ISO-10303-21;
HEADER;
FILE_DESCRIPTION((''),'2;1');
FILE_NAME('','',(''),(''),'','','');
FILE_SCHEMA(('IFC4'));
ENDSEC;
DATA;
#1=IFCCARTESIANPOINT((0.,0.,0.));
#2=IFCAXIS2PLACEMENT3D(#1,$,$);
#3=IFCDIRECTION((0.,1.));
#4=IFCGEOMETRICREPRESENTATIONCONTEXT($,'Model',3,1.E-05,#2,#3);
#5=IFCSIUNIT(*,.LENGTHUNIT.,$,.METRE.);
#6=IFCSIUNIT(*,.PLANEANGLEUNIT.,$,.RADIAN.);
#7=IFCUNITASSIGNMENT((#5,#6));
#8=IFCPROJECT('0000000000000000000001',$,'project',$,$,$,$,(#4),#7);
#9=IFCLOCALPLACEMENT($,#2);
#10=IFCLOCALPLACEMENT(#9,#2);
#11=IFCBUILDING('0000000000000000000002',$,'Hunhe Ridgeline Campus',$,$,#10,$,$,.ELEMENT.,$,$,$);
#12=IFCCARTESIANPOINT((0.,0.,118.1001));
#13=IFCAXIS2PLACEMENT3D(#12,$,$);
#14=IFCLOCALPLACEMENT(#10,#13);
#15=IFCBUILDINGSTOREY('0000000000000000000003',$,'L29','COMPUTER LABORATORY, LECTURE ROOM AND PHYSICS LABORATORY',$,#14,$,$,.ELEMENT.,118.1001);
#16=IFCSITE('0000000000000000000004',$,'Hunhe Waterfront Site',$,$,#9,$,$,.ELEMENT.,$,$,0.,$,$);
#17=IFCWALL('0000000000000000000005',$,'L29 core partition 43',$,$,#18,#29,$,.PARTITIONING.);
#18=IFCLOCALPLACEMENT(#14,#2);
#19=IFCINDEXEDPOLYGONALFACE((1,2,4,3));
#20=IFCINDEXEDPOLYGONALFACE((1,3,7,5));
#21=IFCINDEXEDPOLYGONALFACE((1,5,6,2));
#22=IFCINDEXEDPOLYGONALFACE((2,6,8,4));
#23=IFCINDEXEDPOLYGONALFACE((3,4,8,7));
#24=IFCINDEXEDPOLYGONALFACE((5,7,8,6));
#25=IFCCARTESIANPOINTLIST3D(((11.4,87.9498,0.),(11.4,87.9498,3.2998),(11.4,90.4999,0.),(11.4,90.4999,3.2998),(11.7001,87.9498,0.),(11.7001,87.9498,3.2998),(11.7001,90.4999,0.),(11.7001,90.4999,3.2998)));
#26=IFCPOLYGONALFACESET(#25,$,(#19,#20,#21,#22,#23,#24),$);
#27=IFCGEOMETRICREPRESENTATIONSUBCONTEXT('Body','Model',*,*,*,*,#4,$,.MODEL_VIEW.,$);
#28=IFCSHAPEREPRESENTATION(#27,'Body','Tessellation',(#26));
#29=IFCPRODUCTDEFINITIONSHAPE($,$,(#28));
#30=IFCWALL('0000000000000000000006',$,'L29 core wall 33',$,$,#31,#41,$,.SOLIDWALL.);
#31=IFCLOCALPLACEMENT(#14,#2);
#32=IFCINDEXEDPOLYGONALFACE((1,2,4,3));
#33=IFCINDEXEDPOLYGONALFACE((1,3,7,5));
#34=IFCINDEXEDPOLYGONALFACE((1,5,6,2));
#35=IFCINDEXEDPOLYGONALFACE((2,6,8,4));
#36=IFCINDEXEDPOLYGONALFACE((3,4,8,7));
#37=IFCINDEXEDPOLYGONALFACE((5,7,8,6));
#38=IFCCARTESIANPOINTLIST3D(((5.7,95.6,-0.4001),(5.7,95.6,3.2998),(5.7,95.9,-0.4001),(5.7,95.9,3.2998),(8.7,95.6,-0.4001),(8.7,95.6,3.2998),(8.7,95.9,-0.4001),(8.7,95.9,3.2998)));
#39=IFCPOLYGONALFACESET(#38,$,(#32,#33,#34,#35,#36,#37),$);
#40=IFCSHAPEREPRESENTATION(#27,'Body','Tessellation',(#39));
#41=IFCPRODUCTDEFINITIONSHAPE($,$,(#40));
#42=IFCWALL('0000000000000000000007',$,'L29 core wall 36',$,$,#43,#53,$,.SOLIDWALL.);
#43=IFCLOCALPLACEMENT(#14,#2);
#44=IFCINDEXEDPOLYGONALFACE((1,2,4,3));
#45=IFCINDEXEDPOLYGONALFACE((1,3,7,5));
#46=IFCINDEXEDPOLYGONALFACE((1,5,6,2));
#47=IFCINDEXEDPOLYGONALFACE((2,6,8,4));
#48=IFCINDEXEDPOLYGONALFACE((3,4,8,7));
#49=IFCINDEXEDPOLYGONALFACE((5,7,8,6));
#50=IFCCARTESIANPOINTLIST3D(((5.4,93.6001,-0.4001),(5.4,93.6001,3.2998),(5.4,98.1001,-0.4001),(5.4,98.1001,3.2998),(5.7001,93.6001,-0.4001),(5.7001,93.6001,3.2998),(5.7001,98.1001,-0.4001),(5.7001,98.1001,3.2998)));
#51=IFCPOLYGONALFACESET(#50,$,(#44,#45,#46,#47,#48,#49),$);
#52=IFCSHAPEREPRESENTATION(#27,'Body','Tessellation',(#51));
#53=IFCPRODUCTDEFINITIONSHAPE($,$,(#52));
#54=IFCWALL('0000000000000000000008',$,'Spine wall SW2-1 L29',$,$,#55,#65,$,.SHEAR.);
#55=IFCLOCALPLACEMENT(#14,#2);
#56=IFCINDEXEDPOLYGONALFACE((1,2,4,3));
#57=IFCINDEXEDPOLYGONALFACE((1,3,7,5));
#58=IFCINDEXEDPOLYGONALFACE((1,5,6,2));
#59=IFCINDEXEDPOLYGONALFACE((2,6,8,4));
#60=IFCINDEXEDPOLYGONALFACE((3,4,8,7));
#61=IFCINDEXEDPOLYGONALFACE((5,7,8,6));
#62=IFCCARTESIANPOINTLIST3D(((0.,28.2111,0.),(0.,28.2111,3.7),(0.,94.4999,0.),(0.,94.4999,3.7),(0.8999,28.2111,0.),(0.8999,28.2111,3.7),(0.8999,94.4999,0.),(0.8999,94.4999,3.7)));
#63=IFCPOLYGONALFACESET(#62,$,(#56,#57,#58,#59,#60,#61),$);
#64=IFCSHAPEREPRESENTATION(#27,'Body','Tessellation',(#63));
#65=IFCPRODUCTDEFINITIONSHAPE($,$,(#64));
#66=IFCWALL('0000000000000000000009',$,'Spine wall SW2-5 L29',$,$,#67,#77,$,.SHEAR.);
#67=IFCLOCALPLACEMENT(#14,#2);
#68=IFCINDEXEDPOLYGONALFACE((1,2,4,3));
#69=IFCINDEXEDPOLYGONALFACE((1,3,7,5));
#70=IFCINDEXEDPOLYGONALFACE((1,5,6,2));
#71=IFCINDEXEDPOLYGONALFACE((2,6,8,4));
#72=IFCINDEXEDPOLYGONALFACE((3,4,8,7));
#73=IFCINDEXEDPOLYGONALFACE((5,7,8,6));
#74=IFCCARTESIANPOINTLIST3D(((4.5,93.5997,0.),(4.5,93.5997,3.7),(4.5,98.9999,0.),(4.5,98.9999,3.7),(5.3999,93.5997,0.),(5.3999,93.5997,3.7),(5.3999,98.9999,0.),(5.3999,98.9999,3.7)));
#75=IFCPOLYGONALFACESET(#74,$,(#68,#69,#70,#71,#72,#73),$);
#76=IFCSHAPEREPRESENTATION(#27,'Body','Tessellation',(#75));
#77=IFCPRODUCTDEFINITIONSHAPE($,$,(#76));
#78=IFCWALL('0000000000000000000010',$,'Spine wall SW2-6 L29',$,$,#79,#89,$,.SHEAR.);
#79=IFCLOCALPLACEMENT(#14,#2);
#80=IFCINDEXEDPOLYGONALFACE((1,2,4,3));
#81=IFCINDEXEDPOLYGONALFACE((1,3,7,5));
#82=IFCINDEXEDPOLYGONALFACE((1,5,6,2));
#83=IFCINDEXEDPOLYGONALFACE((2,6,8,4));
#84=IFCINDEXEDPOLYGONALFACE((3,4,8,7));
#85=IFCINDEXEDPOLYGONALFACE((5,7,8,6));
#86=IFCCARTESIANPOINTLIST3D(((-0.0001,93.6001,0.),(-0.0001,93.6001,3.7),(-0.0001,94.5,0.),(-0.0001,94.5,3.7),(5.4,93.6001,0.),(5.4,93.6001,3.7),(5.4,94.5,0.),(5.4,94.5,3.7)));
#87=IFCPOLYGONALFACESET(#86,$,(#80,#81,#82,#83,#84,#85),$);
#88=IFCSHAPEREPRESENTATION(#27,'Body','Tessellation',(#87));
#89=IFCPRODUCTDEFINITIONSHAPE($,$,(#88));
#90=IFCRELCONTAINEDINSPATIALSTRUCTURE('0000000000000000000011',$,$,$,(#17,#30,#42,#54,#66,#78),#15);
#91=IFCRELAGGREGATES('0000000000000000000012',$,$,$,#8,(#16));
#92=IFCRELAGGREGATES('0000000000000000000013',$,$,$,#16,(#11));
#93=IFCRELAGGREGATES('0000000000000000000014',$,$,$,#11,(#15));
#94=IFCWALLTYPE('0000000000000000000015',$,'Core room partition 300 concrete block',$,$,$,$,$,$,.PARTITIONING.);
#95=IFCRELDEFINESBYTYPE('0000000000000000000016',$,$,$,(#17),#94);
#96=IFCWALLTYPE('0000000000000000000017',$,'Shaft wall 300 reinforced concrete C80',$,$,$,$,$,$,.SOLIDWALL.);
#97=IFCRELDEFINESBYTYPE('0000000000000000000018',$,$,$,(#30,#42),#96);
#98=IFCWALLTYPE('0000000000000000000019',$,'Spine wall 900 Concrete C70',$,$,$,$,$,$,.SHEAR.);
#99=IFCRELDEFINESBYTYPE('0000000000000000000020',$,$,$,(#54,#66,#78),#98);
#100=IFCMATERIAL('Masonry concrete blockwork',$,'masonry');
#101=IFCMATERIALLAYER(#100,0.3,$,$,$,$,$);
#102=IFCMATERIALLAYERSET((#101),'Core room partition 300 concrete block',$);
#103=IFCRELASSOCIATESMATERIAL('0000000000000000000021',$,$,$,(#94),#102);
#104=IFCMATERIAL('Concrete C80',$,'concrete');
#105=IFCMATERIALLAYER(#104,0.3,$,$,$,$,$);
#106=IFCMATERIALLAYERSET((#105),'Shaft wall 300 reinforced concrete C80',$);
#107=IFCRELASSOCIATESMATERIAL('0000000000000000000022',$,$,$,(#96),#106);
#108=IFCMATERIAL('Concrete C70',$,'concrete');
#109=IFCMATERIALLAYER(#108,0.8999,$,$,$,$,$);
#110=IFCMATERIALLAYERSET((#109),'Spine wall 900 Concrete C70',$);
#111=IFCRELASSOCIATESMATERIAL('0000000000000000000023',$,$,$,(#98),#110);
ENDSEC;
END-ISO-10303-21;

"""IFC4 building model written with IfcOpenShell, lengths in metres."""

from ifc_helpers import new_model, si_unit, direction, frame, frame_2d, origin, place, context, subcontext, project, spatial, rectangle, extrude, material, layer, layer_set, type_object, element, save


model = new_model("IFC4")

# Units and contexts
model_context = context("Model", 3, precision=1e-05, world=origin(), true_north=direction((0.0, 1.0)))
body_context = subcontext(model_context, "Body", "Model", "MODEL_VIEW")
ifc_project = project(units=[si_unit("LENGTHUNIT", "METRE"), si_unit("PLANEANGLEUNIT", "RADIAN")], contexts=[model_context])

# Site, building, storey
site_placement = place(None, origin())
site = spatial("IfcSite", under=ifc_project, at=site_placement, Name="Hunhe Waterfront Site", CompositionType="ELEMENT", RefElevation=0.0)
building_placement = place(site_placement, origin())
building = spatial("IfcBuilding", under=site, at=building_placement, Name="Hunhe Ridgeline Campus", CompositionType="ELEMENT")
storey_placement = place(building_placement, frame((0.0, 0.0, 118.1001)))
storey = spatial("IfcBuildingStorey", under=building, at=storey_placement, Name="L29", Description="COMPUTER LABORATORY, LECTURE ROOM AND PHYSICS LABORATORY", CompositionType="ELEMENT", Elevation=118.1001)

# Wall
ifc_material_1 = material(Name="Masonry concrete blockwork", Category="masonry")
ifc_layer_1 = layer(ifc_material_1, 0.3)
ifc_layer_set_1 = layer_set([ifc_layer_1], Name="Core room partition 300 concrete block")
wall_type_1 = type_object("IfcWallType", Name="Core room partition 300 concrete block", PredefinedType="PARTITIONING", material=ifc_layer_set_1)
wall_1_placement = place(storey_placement, frame((11.55, 87.95, 0.0), z_axis=(0.0, 0.0, 1.0), x_axis=(0.0, 1.0, 0.0)))
element("IfcWall", 1, at=wall_1_placement, inside=storey, type_object=wall_type_1, Name="L29 core partition 43", PredefinedType="PARTITIONING", context=body_context, shape_type="SweptSolid", body=[
    extrude(rectangle(XDim=2.55, YDim=0.3, at=frame_2d((1.2749, 0.0))), origin(), (0.0, 0.0, 1.0), 3.2998),
])

# Shared definitions
ifc_material_2 = material(Name="Concrete C80", Category="concrete")
ifc_layer_2 = layer(ifc_material_2, 0.3)
ifc_layer_set_2 = layer_set([ifc_layer_2], Name="Shaft wall 300 reinforced concrete C80")
wall_type_2 = type_object("IfcWallType", Name="Shaft wall 300 reinforced concrete C80", PredefinedType="SOLIDWALL", material=ifc_layer_set_2)

# Walls
wall_2_placement = place(storey_placement, frame((5.7, 95.75, -0.4001), z_axis=(0.0, 0.0, 1.0), x_axis=(1.0, 0.0, 0.0)))
element("IfcWall", 2, at=wall_2_placement, inside=storey, type_object=wall_type_2, Name="L29 core wall 33", PredefinedType="SOLIDWALL", context=body_context, shape_type="SweptSolid", body=[
    extrude(rectangle(XDim=3.0, YDim=0.3, at=frame_2d((1.5, 0.0))), origin(), (0.0, 0.0, 1.0), 3.7),
])
wall_3_placement = place(storey_placement, frame((5.55, 93.6001, -0.4001), z_axis=(0.0, 0.0, 1.0), x_axis=(0.0, 1.0, 0.0)))
element("IfcWall", 3, at=wall_3_placement, inside=storey, type_object=wall_type_2, Name="L29 core wall 36", PredefinedType="SOLIDWALL", context=body_context, shape_type="SweptSolid", body=[
    extrude(rectangle(XDim=4.5, YDim=0.3, at=frame_2d((2.25, 0.0))), origin(), (0.0, 0.0, 1.0), 3.7),
])

# Walls
ifc_material_3 = material(Name="Concrete C70", Category="concrete")
ifc_layer_3 = layer(ifc_material_3, 0.8999)
ifc_layer_set_3 = layer_set([ifc_layer_3], Name="Spine wall 900 Concrete C70")
wall_type_3 = type_object("IfcWallType", Name="Spine wall 900 Concrete C70", PredefinedType="SHEAR", material=ifc_layer_set_3)
wall_4_placement = place(storey_placement, frame((0.45, 94.5, 0.0), z_axis=(0.0, 0.0, 1.0), x_axis=(0.0, -1.0, 0.0)))
element("IfcWall", 4, at=wall_4_placement, inside=storey, type_object=wall_type_3, Name="Spine wall SW2-1 L29", PredefinedType="SHEAR", context=body_context, shape_type="SweptSolid", body=[
    extrude(rectangle(XDim=66.2888, YDim=0.8999, at=frame_2d((33.1445, 0.0))), origin(), (0.0, 0.0, 1.0), 3.7),
])
for number, where, z_axis, x_axis, name in (
    (5, (4.95, 99.0, 0.0), (0.0, 0.0, 1.0), (0.0, -1.0, 0.0), "Spine wall SW2-5 L29"),
    (6, (5.4001, 94.05, 0.0), (0.0, 0.0, 1.0), (-1.0, 0.0, 0.0), "Spine wall SW2-6 L29"),
):
    element("IfcWall", number, at=place(storey_placement, frame(where, z_axis=z_axis, x_axis=x_axis)), inside=storey, type_object=wall_type_3, Name=name, PredefinedType="SHEAR", context=body_context, shape_type="SweptSolid", body=[
        extrude(rectangle(XDim=5.4001, YDim=0.8999, at=frame_2d((2.7002, 0.0))), origin(), (0.0, 0.0, 1.0), 3.7),
    ])

save(model, "model.ifc")
